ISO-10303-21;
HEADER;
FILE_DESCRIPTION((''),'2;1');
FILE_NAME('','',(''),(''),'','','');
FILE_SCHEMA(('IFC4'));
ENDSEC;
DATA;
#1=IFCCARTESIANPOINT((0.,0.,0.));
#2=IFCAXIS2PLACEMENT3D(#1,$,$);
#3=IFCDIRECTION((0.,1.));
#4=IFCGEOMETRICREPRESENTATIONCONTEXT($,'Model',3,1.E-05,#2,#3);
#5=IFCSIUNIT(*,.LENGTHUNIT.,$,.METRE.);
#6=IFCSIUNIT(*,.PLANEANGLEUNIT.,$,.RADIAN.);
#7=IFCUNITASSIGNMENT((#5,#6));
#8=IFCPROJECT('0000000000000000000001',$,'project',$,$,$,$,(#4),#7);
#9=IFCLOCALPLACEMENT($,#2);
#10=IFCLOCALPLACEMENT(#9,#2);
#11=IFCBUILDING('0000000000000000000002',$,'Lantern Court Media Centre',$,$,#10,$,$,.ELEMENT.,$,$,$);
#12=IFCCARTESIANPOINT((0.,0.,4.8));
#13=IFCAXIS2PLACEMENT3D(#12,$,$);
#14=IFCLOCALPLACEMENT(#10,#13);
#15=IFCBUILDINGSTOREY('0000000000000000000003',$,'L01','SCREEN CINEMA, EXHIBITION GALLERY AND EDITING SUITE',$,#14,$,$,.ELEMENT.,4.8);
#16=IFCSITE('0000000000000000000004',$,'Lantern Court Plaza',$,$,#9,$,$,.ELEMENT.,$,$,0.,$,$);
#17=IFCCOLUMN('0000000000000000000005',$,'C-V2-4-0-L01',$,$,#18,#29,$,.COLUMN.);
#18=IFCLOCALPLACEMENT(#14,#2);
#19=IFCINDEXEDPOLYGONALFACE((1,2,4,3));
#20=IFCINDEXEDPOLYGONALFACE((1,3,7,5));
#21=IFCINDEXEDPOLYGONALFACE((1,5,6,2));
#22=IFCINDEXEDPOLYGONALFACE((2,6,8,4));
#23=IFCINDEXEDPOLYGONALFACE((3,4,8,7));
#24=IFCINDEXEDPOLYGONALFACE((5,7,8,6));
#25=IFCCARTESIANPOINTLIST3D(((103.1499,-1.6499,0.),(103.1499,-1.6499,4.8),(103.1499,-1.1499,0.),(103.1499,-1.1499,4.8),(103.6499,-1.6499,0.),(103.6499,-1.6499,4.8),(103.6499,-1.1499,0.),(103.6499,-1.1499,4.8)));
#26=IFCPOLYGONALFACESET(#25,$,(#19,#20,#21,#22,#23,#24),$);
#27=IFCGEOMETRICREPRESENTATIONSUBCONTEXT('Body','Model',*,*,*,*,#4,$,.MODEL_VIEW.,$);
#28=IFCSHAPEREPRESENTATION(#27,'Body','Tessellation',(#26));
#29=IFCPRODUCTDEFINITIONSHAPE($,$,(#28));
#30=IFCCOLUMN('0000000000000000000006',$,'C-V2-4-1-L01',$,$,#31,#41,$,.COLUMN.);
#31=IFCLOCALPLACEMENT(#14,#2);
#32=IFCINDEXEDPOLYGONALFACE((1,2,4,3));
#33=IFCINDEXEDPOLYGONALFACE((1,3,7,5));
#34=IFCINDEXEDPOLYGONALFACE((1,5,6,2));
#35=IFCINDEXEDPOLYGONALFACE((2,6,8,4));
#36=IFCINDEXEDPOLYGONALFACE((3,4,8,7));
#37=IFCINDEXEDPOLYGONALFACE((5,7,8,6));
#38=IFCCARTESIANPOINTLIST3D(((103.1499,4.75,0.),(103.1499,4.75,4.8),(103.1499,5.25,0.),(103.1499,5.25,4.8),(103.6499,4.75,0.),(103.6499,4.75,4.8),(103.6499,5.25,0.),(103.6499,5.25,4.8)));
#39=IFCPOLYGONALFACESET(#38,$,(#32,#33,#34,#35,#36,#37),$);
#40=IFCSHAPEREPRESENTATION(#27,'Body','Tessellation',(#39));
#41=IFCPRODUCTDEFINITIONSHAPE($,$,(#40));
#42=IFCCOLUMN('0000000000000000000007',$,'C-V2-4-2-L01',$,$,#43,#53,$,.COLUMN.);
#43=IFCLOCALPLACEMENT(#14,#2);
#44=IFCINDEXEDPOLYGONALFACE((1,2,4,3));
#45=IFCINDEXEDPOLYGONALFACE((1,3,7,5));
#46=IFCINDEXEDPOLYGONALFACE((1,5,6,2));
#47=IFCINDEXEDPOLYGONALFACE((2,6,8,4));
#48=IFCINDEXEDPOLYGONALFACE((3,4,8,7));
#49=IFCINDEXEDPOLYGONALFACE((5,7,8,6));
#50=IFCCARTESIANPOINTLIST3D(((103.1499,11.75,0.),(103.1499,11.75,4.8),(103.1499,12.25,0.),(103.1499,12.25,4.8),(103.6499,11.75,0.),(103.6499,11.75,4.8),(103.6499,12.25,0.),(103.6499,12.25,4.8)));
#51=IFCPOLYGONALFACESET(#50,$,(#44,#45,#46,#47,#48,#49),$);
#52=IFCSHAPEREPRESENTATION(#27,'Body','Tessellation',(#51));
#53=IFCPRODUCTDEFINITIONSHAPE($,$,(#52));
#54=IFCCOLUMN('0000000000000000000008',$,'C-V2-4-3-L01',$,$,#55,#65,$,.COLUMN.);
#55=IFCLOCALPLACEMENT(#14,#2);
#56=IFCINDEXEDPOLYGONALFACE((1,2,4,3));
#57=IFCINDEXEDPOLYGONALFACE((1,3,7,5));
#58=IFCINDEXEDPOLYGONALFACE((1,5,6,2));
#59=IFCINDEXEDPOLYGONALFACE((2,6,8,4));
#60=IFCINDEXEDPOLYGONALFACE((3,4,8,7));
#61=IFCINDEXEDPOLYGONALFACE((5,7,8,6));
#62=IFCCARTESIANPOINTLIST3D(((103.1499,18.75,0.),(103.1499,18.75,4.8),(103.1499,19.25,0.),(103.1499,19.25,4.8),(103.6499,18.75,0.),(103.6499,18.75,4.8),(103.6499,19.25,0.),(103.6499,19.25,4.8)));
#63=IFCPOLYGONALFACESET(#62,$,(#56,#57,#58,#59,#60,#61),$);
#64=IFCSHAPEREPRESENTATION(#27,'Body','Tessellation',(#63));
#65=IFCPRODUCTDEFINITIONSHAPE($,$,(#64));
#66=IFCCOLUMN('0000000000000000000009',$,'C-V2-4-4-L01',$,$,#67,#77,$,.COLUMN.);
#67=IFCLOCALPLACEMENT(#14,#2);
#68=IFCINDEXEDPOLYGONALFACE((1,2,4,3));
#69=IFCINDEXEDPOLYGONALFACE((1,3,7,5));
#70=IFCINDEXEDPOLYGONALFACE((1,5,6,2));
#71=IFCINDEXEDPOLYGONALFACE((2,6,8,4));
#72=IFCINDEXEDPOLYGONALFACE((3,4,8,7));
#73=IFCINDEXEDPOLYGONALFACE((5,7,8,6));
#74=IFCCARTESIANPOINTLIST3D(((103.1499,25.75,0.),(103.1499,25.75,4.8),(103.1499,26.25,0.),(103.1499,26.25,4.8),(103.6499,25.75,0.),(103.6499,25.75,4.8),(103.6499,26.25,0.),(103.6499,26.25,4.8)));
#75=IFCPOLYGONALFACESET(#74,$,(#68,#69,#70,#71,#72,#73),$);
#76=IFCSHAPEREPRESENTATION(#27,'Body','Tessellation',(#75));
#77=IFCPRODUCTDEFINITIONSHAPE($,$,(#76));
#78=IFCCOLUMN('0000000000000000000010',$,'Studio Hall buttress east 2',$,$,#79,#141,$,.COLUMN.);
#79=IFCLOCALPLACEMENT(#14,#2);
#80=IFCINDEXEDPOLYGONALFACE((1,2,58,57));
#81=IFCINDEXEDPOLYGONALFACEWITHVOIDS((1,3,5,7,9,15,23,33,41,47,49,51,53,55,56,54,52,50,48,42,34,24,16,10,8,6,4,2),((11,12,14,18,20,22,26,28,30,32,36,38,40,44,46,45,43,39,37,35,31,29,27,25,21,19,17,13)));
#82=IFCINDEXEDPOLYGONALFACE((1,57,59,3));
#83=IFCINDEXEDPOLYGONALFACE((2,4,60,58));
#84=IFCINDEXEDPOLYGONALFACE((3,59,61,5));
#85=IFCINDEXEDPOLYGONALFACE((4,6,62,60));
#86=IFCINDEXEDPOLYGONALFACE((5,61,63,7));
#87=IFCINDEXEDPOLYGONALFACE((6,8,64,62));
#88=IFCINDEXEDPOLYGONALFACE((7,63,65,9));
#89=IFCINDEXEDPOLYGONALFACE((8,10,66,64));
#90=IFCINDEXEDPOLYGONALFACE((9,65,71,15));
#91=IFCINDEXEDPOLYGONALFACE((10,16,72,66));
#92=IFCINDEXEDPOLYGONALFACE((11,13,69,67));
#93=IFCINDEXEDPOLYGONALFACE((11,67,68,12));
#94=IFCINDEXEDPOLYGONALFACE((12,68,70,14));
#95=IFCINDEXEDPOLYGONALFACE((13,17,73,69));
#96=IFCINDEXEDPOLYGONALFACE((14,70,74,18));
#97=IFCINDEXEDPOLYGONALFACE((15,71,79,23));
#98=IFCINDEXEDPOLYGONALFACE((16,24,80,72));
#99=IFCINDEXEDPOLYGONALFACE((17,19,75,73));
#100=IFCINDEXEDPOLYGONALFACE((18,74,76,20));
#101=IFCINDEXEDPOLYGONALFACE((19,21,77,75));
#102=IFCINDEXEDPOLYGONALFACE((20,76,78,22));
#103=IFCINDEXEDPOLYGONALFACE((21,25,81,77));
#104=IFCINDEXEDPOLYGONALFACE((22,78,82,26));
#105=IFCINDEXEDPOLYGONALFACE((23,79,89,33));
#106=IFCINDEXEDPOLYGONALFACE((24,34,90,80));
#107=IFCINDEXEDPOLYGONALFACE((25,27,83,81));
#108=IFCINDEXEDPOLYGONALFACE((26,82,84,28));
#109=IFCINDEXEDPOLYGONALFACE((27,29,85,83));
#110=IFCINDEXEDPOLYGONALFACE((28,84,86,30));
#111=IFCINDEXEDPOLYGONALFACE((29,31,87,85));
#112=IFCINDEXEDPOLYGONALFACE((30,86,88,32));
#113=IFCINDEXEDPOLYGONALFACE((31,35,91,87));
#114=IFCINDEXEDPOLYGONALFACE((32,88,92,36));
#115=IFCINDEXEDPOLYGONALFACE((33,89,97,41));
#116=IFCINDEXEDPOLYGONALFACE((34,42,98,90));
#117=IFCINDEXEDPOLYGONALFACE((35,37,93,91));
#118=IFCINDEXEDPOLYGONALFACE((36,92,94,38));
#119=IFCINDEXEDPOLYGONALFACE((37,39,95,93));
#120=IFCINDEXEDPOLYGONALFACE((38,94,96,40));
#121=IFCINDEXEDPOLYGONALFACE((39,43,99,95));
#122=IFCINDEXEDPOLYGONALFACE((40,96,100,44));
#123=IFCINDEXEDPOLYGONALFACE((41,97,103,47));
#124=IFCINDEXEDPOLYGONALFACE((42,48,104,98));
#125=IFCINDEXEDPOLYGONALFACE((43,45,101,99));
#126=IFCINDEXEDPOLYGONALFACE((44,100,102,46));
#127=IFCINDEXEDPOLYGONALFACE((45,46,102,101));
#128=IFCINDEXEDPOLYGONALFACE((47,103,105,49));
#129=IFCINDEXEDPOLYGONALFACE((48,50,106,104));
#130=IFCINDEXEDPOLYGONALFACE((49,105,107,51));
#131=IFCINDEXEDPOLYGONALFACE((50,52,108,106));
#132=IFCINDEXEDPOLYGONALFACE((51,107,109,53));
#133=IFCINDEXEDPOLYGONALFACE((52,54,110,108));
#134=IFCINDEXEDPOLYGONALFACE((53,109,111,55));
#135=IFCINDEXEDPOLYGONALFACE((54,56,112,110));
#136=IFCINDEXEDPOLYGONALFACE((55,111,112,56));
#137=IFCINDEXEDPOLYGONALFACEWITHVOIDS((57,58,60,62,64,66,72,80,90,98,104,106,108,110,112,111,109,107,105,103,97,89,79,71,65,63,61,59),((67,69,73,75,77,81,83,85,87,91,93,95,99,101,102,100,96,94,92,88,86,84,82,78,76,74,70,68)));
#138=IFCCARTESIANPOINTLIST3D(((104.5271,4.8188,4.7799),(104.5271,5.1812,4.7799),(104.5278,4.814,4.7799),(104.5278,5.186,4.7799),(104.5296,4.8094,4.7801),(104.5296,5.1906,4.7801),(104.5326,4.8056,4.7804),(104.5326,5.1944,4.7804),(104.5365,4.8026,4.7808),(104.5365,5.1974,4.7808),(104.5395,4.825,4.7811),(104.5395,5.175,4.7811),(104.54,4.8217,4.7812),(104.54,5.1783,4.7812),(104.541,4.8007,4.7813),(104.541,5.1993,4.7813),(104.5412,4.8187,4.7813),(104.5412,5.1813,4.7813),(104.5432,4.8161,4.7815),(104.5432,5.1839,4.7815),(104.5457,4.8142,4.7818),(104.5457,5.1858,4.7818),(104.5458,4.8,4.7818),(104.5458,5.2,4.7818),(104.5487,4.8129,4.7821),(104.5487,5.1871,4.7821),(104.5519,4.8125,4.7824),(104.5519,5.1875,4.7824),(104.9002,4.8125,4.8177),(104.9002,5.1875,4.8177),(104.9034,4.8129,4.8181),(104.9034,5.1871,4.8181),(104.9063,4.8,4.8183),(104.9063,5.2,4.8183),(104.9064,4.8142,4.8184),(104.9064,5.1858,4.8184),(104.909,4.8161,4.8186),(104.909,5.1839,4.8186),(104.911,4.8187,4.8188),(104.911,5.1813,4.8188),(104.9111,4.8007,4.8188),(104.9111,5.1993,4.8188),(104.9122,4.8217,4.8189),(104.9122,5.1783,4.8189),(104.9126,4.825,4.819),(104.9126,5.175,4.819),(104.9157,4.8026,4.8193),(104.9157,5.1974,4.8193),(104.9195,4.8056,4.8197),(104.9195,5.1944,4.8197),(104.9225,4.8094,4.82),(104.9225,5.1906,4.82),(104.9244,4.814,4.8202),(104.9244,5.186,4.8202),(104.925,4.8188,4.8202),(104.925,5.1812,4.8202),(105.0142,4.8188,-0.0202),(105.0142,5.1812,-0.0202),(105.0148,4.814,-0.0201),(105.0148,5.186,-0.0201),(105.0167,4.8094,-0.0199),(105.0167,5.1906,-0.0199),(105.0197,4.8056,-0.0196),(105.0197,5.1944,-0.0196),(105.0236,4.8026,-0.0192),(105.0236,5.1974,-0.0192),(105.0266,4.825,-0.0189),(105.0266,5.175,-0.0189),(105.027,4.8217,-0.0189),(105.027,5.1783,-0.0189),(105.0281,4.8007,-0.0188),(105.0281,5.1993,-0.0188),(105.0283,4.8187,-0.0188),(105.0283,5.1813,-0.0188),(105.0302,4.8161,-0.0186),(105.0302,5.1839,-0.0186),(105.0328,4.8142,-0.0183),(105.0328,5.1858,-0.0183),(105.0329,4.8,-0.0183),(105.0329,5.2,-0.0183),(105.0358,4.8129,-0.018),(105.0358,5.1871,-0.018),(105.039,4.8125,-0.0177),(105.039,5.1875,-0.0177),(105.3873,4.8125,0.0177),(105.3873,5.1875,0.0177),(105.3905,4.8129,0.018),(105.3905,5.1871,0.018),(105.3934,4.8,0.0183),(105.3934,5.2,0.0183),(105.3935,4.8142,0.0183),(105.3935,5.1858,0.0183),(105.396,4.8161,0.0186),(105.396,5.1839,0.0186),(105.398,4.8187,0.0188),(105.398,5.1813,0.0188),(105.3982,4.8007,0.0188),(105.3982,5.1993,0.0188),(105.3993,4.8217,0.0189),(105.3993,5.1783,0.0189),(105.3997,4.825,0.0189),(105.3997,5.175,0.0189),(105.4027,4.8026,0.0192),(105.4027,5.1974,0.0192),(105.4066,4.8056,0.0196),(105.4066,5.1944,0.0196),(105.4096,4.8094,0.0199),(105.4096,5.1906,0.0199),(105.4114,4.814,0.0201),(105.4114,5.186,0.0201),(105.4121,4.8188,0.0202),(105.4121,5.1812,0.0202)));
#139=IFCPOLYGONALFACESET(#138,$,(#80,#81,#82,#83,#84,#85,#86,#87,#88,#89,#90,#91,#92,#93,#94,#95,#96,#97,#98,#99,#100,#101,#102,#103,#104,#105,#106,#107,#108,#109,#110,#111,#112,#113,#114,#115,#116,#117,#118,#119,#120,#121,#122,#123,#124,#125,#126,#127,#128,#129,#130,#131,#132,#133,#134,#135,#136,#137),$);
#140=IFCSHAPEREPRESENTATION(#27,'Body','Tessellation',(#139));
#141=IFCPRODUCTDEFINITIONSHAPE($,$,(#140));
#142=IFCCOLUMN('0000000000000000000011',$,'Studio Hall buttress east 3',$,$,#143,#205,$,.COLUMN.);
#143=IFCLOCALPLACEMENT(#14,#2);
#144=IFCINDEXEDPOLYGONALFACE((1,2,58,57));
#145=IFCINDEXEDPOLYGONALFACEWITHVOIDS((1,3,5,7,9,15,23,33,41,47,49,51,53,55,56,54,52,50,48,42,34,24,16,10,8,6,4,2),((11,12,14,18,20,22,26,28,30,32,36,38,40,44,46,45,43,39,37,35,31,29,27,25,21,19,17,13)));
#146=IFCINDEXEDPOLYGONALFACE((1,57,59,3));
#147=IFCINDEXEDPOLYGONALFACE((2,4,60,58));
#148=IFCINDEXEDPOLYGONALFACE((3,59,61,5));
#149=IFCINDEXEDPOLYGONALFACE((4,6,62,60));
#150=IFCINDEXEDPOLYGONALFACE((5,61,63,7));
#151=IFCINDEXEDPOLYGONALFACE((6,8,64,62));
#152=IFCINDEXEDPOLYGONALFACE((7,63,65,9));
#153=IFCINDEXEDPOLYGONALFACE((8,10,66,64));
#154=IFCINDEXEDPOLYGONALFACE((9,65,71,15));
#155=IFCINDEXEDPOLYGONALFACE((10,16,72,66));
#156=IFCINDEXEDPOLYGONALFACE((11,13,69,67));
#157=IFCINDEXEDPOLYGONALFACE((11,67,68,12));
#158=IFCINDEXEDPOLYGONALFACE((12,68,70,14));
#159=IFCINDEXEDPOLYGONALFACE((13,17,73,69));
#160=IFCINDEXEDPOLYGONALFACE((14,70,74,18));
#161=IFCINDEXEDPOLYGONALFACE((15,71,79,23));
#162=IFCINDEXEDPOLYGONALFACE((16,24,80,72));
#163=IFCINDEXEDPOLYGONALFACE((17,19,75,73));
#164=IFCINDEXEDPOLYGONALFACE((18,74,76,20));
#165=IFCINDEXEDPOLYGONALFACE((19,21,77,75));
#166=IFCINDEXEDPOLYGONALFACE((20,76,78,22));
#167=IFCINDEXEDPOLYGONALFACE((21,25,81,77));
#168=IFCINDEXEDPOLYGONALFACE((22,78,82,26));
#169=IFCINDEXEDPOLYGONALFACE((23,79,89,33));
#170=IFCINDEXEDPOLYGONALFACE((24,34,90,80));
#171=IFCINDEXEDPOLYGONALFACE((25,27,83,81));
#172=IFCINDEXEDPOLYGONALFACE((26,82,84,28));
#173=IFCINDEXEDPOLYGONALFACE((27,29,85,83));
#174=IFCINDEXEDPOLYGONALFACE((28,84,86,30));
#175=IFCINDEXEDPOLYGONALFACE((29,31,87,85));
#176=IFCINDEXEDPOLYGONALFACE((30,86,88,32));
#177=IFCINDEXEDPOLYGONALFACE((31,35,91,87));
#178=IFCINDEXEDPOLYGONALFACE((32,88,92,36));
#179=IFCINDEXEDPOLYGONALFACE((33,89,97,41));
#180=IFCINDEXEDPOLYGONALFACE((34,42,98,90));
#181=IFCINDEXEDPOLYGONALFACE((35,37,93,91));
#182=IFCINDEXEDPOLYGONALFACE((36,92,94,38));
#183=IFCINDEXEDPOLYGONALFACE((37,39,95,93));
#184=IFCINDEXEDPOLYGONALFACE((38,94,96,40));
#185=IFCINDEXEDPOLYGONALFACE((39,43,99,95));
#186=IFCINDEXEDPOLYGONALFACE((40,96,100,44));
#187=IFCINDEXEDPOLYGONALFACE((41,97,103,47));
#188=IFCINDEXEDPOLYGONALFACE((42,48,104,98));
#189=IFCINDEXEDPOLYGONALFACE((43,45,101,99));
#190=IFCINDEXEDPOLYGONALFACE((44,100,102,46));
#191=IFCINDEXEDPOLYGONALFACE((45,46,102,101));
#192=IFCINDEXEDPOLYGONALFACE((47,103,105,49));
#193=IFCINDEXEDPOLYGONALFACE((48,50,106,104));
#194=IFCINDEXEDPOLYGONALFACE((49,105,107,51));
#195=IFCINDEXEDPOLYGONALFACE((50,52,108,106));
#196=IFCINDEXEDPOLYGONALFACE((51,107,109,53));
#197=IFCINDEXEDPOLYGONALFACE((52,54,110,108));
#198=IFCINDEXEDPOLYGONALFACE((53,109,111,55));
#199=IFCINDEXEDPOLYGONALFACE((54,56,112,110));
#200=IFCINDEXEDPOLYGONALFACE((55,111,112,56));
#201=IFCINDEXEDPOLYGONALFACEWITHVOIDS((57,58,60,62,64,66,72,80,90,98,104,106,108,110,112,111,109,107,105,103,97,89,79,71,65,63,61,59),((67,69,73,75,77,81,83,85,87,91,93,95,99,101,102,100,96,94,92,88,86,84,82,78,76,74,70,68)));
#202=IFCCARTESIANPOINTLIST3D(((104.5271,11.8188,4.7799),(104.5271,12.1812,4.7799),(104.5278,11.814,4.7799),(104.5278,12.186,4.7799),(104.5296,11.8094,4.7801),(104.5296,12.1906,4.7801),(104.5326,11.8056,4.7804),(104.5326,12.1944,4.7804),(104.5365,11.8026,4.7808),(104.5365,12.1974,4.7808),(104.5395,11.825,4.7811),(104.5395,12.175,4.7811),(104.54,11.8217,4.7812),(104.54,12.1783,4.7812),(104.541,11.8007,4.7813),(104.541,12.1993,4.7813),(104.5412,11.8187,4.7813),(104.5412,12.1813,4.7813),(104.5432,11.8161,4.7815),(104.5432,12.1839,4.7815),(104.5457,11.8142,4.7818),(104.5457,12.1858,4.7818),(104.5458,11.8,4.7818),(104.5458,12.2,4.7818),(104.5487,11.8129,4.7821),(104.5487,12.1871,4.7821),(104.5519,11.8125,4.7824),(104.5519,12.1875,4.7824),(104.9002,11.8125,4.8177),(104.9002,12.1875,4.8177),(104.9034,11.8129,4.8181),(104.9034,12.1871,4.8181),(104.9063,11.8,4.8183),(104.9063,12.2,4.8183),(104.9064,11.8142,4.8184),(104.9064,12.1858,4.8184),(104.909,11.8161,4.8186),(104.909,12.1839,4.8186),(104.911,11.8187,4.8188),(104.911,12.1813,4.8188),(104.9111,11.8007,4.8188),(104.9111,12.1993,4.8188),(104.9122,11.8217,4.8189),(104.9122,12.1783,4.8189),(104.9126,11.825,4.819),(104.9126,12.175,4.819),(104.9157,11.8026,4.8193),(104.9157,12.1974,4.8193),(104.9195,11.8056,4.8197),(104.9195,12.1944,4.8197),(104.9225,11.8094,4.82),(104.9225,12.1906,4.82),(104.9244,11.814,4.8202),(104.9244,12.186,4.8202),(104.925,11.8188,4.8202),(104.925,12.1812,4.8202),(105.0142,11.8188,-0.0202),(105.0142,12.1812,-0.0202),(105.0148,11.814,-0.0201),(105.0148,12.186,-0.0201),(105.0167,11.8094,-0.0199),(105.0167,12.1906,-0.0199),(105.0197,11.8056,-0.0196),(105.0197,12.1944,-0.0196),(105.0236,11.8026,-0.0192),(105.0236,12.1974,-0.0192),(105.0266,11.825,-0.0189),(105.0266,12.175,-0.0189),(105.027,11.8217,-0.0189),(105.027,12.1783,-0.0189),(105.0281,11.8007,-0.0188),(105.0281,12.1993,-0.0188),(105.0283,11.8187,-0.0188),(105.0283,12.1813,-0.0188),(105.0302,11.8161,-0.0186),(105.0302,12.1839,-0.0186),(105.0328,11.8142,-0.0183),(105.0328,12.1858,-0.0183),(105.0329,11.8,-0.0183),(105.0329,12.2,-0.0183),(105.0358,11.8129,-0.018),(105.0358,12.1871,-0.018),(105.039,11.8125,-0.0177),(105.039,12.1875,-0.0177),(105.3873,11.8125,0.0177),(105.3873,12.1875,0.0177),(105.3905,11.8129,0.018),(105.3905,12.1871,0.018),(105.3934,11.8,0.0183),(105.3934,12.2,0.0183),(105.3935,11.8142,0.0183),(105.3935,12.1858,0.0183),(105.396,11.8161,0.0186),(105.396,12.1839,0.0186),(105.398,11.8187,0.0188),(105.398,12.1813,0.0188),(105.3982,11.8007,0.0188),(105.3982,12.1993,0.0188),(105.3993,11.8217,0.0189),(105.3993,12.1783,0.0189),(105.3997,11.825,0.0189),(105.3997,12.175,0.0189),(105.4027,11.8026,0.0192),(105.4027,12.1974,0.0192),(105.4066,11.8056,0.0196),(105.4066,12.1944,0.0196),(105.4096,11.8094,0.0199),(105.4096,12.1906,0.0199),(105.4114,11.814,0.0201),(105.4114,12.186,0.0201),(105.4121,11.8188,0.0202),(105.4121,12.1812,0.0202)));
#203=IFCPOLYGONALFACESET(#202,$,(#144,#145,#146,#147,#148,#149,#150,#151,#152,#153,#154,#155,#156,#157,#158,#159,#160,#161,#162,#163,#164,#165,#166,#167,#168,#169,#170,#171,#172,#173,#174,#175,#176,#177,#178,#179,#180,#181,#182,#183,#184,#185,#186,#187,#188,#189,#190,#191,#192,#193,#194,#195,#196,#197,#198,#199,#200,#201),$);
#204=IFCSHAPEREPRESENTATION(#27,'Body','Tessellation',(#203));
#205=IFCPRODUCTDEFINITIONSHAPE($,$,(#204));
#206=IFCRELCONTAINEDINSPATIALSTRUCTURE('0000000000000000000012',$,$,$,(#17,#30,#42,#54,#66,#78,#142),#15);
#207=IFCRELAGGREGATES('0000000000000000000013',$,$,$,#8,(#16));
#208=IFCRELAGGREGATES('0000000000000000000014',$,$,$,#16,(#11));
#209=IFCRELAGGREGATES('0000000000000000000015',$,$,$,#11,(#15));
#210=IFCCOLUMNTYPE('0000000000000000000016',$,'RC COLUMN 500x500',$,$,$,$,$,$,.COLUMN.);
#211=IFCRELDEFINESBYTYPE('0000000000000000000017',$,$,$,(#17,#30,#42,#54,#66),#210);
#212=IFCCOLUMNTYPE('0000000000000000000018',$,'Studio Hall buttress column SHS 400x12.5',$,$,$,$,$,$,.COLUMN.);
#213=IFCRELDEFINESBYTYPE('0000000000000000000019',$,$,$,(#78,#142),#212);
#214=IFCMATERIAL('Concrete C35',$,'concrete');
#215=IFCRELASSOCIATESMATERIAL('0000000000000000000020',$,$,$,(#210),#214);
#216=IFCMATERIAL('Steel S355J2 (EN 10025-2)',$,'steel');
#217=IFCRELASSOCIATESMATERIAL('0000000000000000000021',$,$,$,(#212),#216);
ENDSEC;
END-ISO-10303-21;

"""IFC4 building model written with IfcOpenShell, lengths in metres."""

from ifc_helpers import new_model, si_unit, direction, frame, origin, origin_2d, place, context, subcontext, project, spatial, rectangle, hollow_rectangle, extrude, material, material_profile, profile_set, type_object, element, save


model = new_model("IFC4")

# Units and contexts
model_context = context("Model", 3, precision=1e-05, world=origin(), true_north=direction((0.0, 1.0)))
body_context = subcontext(model_context, "Body", "Model", "MODEL_VIEW")
ifc_project = project(units=[si_unit("LENGTHUNIT", "METRE"), si_unit("PLANEANGLEUNIT", "RADIAN")], contexts=[model_context])

# Site, building, storey
site_placement = place(None, origin())
site = spatial("IfcSite", under=ifc_project, at=site_placement, Name="Lantern Court Plaza", CompositionType="ELEMENT", RefElevation=0.0)
building_placement = place(site_placement, origin())
building = spatial("IfcBuilding", under=site, at=building_placement, Name="Lantern Court Media Centre", CompositionType="ELEMENT")
storey_placement = place(building_placement, frame((0.0, 0.0, 4.8)))
storey = spatial("IfcBuildingStorey", under=building, at=storey_placement, Name="L01", Description="SCREEN CINEMA, EXHIBITION GALLERY AND EDITING SUITE", CompositionType="ELEMENT", Elevation=4.8)

# Columns
ifc_material_1 = material(Name="Concrete C35", Category="concrete")
ifc_material_profile_1 = material_profile(ifc_material_1, rectangle(XDim=0.5, YDim=0.5, at=origin_2d()), Name="RC 500x500")
ifc_profile_set_1 = profile_set([ifc_material_profile_1], Name="Concrete C35")
column_type_1 = type_object("IfcColumnType", Name="RC COLUMN 500x500", PredefinedType="COLUMN", material=ifc_profile_set_1)
for number, where, z_axis, x_axis, name in (
    (1, (103.3999, -1.3999, 0.0), (0.0, 0.0, 1.0), (1.0, 0.0, 0.0), "C-V2-4-0-L01"),
    (2, (103.3999, 5.0, 0.0), (0.0, 0.0, 1.0), (1.0, 0.0, 0.0), "C-V2-4-1-L01"),
    (3, (103.3999, 12.0, 0.0), (0.0, 0.0, 1.0), (1.0, 0.0, 0.0), "C-V2-4-2-L01"),
    (4, (103.3999, 19.0, 0.0), (0.0, 0.0, 1.0), (1.0, 0.0, 0.0), "C-V2-4-3-L01"),
    (5, (103.3999, 26.0, 0.0), (0.0, 0.0, 1.0), (1.0, 0.0, 0.0), "C-V2-4-4-L01"),
):
    element("IfcColumn", number, at=place(storey_placement, frame(where, z_axis=z_axis, x_axis=x_axis)), inside=storey, type_object=column_type_1, Name=name, PredefinedType="COLUMN", context=body_context, shape_type="SweptSolid", body=[
        extrude(rectangle(XDim=0.5, YDim=0.5, at=origin_2d()), origin(), (0.0, 0.0, 1.0), 4.8),
    ])
ifc_material_2 = material(Name="Steel S355J2 (EN 10025-2)", Category="steel")
ifc_material_profile_2 = material_profile(ifc_material_2, hollow_rectangle(XDim=0.3999, YDim=0.3999, WallThickness=0.0125, InnerFilletRadius=0.0125, OuterFilletRadius=0.0188, at=origin_2d()), Name="Studio Hall buttress column SHS 400x12.5")
ifc_profile_set_2 = profile_set([ifc_material_profile_2], Name="Steel S355J2 (EN 10025-2)")
column_type_2 = type_object("IfcColumnType", Name="Studio Hall buttress column SHS 400x12.5", PredefinedType="COLUMN", material=ifc_profile_set_2)
for number, where, z_axis, x_axis, name in (
    (6, (105.2131, 5.0, 0.0), (-0.100952, 0.0, 0.994891), (0.0, -1.0, 0.0), "Studio Hall buttress east 2"),
    (7, (105.2131, 12.0, 0.0), (-0.100952, 0.0, 0.994891), (0.0, -1.0, 0.0), "Studio Hall buttress east 3"),
):
    element("IfcColumn", number, at=place(storey_placement, frame(where, z_axis=z_axis, x_axis=x_axis)), inside=storey, type_object=column_type_2, Name=name, PredefinedType="COLUMN", context=body_context, shape_type="SweptSolid", body=[
        extrude(hollow_rectangle(XDim=0.3999, YDim=0.3999, WallThickness=0.0125, InnerFilletRadius=0.0125, OuterFilletRadius=0.0188, at=origin_2d()), origin(), (0.0, 0.0, 1.0), 4.8247),
    ])

save(model, "model.ifc")
